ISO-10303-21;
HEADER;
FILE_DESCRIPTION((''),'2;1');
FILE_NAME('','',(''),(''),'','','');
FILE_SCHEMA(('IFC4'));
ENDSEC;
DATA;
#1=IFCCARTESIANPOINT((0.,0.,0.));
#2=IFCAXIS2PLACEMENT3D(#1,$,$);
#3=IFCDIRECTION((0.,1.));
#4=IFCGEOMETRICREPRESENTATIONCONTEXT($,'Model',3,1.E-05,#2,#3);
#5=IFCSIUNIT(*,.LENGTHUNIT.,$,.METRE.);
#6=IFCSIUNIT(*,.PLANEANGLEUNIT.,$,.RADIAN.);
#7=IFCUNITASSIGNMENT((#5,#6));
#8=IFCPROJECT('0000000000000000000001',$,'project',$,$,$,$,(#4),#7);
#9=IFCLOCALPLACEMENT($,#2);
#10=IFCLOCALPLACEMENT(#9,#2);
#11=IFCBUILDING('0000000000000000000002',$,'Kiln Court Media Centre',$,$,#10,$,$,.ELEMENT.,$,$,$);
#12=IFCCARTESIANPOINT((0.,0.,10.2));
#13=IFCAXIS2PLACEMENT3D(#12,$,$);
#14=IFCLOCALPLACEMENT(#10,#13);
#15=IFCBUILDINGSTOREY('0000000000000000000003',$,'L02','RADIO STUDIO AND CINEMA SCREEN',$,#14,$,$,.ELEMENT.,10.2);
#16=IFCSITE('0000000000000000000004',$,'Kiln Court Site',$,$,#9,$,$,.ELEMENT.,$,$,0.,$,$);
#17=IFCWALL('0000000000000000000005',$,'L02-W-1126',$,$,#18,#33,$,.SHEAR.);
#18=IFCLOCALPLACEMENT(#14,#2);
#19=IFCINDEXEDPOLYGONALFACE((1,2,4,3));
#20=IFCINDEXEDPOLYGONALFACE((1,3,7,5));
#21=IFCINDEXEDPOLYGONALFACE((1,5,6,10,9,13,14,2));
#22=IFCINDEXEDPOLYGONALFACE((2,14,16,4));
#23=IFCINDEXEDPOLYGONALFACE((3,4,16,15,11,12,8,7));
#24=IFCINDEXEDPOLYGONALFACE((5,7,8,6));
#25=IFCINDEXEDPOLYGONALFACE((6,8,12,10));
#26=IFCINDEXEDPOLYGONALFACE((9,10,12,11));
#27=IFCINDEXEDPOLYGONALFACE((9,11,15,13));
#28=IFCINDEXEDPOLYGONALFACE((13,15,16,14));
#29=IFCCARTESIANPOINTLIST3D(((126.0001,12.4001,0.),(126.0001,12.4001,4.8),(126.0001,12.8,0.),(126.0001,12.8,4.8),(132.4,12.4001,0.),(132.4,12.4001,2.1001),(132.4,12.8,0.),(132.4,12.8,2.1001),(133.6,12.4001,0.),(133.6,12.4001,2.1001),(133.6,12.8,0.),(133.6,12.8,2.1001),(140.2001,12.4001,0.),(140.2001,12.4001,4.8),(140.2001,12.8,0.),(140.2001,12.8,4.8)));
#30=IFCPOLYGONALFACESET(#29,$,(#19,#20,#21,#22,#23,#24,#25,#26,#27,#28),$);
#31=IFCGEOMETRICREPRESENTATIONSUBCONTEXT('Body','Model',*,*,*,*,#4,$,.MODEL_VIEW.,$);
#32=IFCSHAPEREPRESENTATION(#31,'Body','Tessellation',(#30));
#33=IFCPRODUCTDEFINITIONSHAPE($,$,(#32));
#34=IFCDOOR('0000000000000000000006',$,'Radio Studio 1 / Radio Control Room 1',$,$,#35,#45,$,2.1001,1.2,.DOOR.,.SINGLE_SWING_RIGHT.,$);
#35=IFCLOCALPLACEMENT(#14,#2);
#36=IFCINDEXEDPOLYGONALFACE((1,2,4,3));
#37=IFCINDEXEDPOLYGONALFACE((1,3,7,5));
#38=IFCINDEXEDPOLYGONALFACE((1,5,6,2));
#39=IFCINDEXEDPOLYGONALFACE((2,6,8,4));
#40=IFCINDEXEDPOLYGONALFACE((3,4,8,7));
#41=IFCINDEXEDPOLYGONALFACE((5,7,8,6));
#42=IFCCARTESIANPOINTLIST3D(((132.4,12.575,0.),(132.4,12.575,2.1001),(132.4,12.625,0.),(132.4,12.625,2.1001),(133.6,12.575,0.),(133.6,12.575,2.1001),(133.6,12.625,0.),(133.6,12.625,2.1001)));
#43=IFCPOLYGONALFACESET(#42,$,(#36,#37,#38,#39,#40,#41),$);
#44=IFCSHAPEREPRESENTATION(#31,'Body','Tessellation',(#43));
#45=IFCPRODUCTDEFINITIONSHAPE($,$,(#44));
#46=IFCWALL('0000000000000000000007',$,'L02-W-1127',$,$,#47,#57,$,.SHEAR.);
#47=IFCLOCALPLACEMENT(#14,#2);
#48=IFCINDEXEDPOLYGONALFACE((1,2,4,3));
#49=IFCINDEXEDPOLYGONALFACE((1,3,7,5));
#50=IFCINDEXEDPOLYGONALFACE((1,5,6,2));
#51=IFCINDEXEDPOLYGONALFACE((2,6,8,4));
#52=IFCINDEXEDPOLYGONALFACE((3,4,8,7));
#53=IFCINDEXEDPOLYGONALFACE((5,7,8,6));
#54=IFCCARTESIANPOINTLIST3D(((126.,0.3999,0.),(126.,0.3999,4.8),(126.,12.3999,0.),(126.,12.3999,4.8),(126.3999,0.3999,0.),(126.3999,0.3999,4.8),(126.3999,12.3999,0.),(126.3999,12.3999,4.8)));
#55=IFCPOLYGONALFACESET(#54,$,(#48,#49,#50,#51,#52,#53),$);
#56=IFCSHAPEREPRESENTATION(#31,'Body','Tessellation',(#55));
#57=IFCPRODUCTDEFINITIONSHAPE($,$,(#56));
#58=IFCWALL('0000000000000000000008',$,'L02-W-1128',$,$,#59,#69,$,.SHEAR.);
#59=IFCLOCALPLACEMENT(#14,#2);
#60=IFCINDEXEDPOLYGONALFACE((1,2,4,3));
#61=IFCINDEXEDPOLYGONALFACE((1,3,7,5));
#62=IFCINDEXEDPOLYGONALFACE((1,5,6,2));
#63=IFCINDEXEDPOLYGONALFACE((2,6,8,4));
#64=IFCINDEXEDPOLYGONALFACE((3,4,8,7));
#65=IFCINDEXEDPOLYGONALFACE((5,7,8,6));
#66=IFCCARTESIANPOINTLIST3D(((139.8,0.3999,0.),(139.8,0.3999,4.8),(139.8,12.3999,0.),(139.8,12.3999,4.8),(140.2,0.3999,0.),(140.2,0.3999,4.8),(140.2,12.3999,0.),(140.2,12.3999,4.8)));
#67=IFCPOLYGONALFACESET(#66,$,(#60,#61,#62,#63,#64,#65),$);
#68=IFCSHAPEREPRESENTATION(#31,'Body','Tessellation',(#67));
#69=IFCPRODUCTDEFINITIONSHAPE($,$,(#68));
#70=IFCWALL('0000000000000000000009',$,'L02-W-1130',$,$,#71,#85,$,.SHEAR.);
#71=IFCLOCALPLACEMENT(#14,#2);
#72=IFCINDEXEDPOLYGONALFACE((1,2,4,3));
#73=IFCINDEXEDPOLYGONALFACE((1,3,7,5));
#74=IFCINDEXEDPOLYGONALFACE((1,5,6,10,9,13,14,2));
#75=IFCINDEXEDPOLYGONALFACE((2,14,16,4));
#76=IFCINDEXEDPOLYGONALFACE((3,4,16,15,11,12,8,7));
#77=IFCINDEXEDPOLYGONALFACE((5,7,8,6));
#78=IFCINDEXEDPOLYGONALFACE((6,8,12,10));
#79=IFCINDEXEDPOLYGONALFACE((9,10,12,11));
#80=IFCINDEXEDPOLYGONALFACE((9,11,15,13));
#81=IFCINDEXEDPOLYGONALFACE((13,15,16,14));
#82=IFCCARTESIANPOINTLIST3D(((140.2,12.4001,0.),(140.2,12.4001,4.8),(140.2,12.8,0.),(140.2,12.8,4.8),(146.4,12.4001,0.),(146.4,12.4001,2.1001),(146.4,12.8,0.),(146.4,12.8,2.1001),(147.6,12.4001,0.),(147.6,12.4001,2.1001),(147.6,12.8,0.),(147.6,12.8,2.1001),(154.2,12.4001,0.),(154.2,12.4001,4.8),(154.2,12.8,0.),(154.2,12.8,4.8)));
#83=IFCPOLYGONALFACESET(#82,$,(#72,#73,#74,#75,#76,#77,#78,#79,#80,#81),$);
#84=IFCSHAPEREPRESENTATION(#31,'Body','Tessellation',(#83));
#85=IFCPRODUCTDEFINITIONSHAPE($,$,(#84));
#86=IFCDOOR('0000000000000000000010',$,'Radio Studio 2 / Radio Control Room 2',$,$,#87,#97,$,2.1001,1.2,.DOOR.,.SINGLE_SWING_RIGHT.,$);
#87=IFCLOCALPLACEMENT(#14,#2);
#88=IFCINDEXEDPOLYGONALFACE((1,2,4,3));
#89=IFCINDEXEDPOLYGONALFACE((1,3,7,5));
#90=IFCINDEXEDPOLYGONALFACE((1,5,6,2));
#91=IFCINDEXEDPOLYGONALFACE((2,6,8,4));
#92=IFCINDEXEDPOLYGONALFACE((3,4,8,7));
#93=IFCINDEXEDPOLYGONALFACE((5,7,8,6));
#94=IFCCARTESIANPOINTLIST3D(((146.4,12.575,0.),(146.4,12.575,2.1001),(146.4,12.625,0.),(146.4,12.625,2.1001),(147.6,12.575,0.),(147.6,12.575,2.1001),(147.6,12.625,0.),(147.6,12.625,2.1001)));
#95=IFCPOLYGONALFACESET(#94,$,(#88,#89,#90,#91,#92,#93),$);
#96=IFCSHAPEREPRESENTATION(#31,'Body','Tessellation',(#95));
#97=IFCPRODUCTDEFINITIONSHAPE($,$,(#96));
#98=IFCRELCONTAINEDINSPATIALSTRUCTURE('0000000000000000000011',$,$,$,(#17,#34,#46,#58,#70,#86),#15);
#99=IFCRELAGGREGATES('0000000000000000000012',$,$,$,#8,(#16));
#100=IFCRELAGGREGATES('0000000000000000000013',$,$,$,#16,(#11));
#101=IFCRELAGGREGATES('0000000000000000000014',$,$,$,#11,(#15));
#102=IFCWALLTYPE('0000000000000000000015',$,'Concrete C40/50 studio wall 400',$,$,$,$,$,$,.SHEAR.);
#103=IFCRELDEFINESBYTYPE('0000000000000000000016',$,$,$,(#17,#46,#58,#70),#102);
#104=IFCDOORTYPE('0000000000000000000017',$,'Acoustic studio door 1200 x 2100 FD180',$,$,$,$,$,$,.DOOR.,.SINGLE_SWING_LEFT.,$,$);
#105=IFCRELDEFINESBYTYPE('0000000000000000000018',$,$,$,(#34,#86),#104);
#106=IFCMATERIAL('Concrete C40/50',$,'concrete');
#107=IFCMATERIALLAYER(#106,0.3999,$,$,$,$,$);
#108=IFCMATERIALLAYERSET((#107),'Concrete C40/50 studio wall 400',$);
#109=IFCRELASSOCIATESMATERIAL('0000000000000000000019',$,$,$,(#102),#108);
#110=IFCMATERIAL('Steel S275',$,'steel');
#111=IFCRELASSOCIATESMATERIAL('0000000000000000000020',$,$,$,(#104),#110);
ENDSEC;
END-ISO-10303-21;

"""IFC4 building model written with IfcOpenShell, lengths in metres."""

from ifc_helpers import new_model, si_unit, direction, frame, frame_2d, origin, place, context, subcontext, project, spatial, rectangle, extrude, material, layer, layer_set, type_object, element, fill, save


model = new_model("IFC4")

# Units and contexts
model_context = context("Model", 3, precision=1e-05, world=origin(), true_north=direction((0.0, 1.0)))
body_context = subcontext(model_context, "Body", "Model", "MODEL_VIEW")
ifc_project = project(units=[si_unit("LENGTHUNIT", "METRE"), si_unit("PLANEANGLEUNIT", "RADIAN")], contexts=[model_context])

# Site, building, storey
site_placement = place(None, origin())
site = spatial("IfcSite", under=ifc_project, at=site_placement, Name="Kiln Court Site", CompositionType="ELEMENT", RefElevation=0.0)
building_placement = place(site_placement, origin())
building = spatial("IfcBuilding", under=site, at=building_placement, Name="Kiln Court Media Centre", CompositionType="ELEMENT")
storey_placement = place(building_placement, frame((0.0, 0.0, 10.2)))
storey = spatial("IfcBuildingStorey", under=building, at=storey_placement, Name="L02", Description="RADIO STUDIO AND CINEMA SCREEN", CompositionType="ELEMENT", Elevation=10.2)

# Shared definitions
ifc_material_1 = material(Name="Concrete C40/50", Category="concrete")
ifc_layer_1 = layer(ifc_material_1, 0.3999)
ifc_layer_set_1 = layer_set([ifc_layer_1], Name="Concrete C40/50 studio wall 400")
wall_type_1 = type_object("IfcWallType", Name="Concrete C40/50 studio wall 400", PredefinedType="SHEAR", material=ifc_layer_set_1)

# Wall, opening, door
wall_1_placement = place(storey_placement, frame((126.0, 12.6001, 0.0), z_axis=(0.0, 0.0, 1.0), x_axis=(1.0, 0.0, 0.0)))
wall_1 = element("IfcWall", 1, at=wall_1_placement, inside=storey, type_object=wall_type_1, Name="L02-W-1126", PredefinedType="SHEAR", context=body_context, shape_type="SweptSolid", body=[
    extrude(rectangle(XDim=14.2, YDim=0.3999, at=frame_2d((7.1001, 0.0))), origin(), (0.0, 0.0, 1.0), 4.8),
])
opening_1_placement = place(wall_1_placement, frame((6.3999, 0.0, 0.0)))
opening_1 = element("IfcOpeningElement", 2, at=opening_1_placement, cuts=wall_1, PredefinedType="OPENING", context=body_context, shape_type="SweptSolid", body=[
    extrude(rectangle(XDim=1.2, YDim=2.1001, at=frame_2d((0.6001, 1.05))), frame((0.0, 0.21, 0.0), z_axis=(0.0, -1.0, 0.0), x_axis=(1.0, 0.0, 0.0)), (0.0, 0.0, 1.0), 0.4199),
])
ifc_material_2 = material(Name="Steel S275", Category="steel")
door_type = type_object("IfcDoorType", Name="Acoustic studio door 1200 x 2100 FD180", OperationType="SINGLE_SWING_LEFT", PredefinedType="DOOR", material=ifc_material_2)
door_1_placement = place(opening_1_placement, origin())
door_1 = element("IfcDoor", 3, at=door_1_placement, inside=storey, type_object=door_type, Name="Radio Studio 1 / Radio Control Room 1", OperationType="SINGLE_SWING_RIGHT", OverallHeight=2.1001, OverallWidth=1.2, PredefinedType="DOOR", context=body_context, shape_type="SweptSolid", body=[
    extrude(rectangle(XDim=1.2, YDim=2.1001, at=frame_2d((0.6001, 1.05))), frame((0.0, 0.0249, 0.0), z_axis=(0.0, -1.0, 0.0), x_axis=(1.0, 0.0, 0.0)), (0.0, 0.0, 1.0), 0.05),
])
fill(opening_1, door_1)

# Walls
for number, where, z_axis, x_axis, name in (
    (4, (126.2, 0.3999, 0.0), (0.0, 0.0, 1.0), (0.0, 1.0, 0.0), "L02-W-1127"),
    (5, (140.0, 12.3999, 0.0), (0.0, 0.0, 1.0), (0.0, -1.0, 0.0), "L02-W-1128"),
):
    element("IfcWall", number, at=place(storey_placement, frame(where, z_axis=z_axis, x_axis=x_axis)), inside=storey, type_object=wall_type_1, Name=name, PredefinedType="SHEAR", context=body_context, shape_type="SweptSolid", body=[
        extrude(rectangle(XDim=12.0, YDim=0.3999, at=frame_2d((6.0, 0.0))), origin(), (0.0, 0.0, 1.0), 4.8),
    ])

# Wall, opening, door
wall_2_placement = place(storey_placement, frame((140.2, 12.6001, 0.0), z_axis=(0.0, 0.0, 1.0), x_axis=(1.0, 0.0, 0.0)))
wall_2 = element("IfcWall", 6, at=wall_2_placement, inside=storey, type_object=wall_type_1, Name="L02-W-1130", PredefinedType="SHEAR", context=body_context, shape_type="SweptSolid", body=[
    extrude(rectangle(XDim=14.0, YDim=0.3999, at=frame_2d((7.0, 0.0))), origin(), (0.0, 0.0, 1.0), 4.8),
])
opening_2_placement = place(wall_2_placement, frame((6.2, 0.0, 0.0)))
opening_2 = element("IfcOpeningElement", 7, at=opening_2_placement, cuts=wall_2, PredefinedType="OPENING", context=body_context, shape_type="SweptSolid", body=[
    extrude(rectangle(XDim=1.2, YDim=2.1001, at=frame_2d((0.6001, 1.05))), frame((0.0, 0.21, 0.0), z_axis=(0.0, -1.0, 0.0), x_axis=(1.0, 0.0, 0.0)), (0.0, 0.0, 1.0), 0.4199),
])
door_2_placement = place(opening_2_placement, origin())
door_2 = element("IfcDoor", 8, at=door_2_placement, inside=storey, type_object=door_type, Name="Radio Studio 2 / Radio Control Room 2", OperationType="SINGLE_SWING_RIGHT", OverallHeight=2.1001, OverallWidth=1.2, PredefinedType="DOOR", context=body_context, shape_type="SweptSolid", body=[
    extrude(rectangle(XDim=1.2, YDim=2.1001, at=frame_2d((0.6001, 1.05))), frame((0.0, 0.0249, 0.0), z_axis=(0.0, -1.0, 0.0), x_axis=(1.0, 0.0, 0.0)), (0.0, 0.0, 1.0), 0.05),
])
fill(opening_2, door_2)

save(model, "model.ifc")
